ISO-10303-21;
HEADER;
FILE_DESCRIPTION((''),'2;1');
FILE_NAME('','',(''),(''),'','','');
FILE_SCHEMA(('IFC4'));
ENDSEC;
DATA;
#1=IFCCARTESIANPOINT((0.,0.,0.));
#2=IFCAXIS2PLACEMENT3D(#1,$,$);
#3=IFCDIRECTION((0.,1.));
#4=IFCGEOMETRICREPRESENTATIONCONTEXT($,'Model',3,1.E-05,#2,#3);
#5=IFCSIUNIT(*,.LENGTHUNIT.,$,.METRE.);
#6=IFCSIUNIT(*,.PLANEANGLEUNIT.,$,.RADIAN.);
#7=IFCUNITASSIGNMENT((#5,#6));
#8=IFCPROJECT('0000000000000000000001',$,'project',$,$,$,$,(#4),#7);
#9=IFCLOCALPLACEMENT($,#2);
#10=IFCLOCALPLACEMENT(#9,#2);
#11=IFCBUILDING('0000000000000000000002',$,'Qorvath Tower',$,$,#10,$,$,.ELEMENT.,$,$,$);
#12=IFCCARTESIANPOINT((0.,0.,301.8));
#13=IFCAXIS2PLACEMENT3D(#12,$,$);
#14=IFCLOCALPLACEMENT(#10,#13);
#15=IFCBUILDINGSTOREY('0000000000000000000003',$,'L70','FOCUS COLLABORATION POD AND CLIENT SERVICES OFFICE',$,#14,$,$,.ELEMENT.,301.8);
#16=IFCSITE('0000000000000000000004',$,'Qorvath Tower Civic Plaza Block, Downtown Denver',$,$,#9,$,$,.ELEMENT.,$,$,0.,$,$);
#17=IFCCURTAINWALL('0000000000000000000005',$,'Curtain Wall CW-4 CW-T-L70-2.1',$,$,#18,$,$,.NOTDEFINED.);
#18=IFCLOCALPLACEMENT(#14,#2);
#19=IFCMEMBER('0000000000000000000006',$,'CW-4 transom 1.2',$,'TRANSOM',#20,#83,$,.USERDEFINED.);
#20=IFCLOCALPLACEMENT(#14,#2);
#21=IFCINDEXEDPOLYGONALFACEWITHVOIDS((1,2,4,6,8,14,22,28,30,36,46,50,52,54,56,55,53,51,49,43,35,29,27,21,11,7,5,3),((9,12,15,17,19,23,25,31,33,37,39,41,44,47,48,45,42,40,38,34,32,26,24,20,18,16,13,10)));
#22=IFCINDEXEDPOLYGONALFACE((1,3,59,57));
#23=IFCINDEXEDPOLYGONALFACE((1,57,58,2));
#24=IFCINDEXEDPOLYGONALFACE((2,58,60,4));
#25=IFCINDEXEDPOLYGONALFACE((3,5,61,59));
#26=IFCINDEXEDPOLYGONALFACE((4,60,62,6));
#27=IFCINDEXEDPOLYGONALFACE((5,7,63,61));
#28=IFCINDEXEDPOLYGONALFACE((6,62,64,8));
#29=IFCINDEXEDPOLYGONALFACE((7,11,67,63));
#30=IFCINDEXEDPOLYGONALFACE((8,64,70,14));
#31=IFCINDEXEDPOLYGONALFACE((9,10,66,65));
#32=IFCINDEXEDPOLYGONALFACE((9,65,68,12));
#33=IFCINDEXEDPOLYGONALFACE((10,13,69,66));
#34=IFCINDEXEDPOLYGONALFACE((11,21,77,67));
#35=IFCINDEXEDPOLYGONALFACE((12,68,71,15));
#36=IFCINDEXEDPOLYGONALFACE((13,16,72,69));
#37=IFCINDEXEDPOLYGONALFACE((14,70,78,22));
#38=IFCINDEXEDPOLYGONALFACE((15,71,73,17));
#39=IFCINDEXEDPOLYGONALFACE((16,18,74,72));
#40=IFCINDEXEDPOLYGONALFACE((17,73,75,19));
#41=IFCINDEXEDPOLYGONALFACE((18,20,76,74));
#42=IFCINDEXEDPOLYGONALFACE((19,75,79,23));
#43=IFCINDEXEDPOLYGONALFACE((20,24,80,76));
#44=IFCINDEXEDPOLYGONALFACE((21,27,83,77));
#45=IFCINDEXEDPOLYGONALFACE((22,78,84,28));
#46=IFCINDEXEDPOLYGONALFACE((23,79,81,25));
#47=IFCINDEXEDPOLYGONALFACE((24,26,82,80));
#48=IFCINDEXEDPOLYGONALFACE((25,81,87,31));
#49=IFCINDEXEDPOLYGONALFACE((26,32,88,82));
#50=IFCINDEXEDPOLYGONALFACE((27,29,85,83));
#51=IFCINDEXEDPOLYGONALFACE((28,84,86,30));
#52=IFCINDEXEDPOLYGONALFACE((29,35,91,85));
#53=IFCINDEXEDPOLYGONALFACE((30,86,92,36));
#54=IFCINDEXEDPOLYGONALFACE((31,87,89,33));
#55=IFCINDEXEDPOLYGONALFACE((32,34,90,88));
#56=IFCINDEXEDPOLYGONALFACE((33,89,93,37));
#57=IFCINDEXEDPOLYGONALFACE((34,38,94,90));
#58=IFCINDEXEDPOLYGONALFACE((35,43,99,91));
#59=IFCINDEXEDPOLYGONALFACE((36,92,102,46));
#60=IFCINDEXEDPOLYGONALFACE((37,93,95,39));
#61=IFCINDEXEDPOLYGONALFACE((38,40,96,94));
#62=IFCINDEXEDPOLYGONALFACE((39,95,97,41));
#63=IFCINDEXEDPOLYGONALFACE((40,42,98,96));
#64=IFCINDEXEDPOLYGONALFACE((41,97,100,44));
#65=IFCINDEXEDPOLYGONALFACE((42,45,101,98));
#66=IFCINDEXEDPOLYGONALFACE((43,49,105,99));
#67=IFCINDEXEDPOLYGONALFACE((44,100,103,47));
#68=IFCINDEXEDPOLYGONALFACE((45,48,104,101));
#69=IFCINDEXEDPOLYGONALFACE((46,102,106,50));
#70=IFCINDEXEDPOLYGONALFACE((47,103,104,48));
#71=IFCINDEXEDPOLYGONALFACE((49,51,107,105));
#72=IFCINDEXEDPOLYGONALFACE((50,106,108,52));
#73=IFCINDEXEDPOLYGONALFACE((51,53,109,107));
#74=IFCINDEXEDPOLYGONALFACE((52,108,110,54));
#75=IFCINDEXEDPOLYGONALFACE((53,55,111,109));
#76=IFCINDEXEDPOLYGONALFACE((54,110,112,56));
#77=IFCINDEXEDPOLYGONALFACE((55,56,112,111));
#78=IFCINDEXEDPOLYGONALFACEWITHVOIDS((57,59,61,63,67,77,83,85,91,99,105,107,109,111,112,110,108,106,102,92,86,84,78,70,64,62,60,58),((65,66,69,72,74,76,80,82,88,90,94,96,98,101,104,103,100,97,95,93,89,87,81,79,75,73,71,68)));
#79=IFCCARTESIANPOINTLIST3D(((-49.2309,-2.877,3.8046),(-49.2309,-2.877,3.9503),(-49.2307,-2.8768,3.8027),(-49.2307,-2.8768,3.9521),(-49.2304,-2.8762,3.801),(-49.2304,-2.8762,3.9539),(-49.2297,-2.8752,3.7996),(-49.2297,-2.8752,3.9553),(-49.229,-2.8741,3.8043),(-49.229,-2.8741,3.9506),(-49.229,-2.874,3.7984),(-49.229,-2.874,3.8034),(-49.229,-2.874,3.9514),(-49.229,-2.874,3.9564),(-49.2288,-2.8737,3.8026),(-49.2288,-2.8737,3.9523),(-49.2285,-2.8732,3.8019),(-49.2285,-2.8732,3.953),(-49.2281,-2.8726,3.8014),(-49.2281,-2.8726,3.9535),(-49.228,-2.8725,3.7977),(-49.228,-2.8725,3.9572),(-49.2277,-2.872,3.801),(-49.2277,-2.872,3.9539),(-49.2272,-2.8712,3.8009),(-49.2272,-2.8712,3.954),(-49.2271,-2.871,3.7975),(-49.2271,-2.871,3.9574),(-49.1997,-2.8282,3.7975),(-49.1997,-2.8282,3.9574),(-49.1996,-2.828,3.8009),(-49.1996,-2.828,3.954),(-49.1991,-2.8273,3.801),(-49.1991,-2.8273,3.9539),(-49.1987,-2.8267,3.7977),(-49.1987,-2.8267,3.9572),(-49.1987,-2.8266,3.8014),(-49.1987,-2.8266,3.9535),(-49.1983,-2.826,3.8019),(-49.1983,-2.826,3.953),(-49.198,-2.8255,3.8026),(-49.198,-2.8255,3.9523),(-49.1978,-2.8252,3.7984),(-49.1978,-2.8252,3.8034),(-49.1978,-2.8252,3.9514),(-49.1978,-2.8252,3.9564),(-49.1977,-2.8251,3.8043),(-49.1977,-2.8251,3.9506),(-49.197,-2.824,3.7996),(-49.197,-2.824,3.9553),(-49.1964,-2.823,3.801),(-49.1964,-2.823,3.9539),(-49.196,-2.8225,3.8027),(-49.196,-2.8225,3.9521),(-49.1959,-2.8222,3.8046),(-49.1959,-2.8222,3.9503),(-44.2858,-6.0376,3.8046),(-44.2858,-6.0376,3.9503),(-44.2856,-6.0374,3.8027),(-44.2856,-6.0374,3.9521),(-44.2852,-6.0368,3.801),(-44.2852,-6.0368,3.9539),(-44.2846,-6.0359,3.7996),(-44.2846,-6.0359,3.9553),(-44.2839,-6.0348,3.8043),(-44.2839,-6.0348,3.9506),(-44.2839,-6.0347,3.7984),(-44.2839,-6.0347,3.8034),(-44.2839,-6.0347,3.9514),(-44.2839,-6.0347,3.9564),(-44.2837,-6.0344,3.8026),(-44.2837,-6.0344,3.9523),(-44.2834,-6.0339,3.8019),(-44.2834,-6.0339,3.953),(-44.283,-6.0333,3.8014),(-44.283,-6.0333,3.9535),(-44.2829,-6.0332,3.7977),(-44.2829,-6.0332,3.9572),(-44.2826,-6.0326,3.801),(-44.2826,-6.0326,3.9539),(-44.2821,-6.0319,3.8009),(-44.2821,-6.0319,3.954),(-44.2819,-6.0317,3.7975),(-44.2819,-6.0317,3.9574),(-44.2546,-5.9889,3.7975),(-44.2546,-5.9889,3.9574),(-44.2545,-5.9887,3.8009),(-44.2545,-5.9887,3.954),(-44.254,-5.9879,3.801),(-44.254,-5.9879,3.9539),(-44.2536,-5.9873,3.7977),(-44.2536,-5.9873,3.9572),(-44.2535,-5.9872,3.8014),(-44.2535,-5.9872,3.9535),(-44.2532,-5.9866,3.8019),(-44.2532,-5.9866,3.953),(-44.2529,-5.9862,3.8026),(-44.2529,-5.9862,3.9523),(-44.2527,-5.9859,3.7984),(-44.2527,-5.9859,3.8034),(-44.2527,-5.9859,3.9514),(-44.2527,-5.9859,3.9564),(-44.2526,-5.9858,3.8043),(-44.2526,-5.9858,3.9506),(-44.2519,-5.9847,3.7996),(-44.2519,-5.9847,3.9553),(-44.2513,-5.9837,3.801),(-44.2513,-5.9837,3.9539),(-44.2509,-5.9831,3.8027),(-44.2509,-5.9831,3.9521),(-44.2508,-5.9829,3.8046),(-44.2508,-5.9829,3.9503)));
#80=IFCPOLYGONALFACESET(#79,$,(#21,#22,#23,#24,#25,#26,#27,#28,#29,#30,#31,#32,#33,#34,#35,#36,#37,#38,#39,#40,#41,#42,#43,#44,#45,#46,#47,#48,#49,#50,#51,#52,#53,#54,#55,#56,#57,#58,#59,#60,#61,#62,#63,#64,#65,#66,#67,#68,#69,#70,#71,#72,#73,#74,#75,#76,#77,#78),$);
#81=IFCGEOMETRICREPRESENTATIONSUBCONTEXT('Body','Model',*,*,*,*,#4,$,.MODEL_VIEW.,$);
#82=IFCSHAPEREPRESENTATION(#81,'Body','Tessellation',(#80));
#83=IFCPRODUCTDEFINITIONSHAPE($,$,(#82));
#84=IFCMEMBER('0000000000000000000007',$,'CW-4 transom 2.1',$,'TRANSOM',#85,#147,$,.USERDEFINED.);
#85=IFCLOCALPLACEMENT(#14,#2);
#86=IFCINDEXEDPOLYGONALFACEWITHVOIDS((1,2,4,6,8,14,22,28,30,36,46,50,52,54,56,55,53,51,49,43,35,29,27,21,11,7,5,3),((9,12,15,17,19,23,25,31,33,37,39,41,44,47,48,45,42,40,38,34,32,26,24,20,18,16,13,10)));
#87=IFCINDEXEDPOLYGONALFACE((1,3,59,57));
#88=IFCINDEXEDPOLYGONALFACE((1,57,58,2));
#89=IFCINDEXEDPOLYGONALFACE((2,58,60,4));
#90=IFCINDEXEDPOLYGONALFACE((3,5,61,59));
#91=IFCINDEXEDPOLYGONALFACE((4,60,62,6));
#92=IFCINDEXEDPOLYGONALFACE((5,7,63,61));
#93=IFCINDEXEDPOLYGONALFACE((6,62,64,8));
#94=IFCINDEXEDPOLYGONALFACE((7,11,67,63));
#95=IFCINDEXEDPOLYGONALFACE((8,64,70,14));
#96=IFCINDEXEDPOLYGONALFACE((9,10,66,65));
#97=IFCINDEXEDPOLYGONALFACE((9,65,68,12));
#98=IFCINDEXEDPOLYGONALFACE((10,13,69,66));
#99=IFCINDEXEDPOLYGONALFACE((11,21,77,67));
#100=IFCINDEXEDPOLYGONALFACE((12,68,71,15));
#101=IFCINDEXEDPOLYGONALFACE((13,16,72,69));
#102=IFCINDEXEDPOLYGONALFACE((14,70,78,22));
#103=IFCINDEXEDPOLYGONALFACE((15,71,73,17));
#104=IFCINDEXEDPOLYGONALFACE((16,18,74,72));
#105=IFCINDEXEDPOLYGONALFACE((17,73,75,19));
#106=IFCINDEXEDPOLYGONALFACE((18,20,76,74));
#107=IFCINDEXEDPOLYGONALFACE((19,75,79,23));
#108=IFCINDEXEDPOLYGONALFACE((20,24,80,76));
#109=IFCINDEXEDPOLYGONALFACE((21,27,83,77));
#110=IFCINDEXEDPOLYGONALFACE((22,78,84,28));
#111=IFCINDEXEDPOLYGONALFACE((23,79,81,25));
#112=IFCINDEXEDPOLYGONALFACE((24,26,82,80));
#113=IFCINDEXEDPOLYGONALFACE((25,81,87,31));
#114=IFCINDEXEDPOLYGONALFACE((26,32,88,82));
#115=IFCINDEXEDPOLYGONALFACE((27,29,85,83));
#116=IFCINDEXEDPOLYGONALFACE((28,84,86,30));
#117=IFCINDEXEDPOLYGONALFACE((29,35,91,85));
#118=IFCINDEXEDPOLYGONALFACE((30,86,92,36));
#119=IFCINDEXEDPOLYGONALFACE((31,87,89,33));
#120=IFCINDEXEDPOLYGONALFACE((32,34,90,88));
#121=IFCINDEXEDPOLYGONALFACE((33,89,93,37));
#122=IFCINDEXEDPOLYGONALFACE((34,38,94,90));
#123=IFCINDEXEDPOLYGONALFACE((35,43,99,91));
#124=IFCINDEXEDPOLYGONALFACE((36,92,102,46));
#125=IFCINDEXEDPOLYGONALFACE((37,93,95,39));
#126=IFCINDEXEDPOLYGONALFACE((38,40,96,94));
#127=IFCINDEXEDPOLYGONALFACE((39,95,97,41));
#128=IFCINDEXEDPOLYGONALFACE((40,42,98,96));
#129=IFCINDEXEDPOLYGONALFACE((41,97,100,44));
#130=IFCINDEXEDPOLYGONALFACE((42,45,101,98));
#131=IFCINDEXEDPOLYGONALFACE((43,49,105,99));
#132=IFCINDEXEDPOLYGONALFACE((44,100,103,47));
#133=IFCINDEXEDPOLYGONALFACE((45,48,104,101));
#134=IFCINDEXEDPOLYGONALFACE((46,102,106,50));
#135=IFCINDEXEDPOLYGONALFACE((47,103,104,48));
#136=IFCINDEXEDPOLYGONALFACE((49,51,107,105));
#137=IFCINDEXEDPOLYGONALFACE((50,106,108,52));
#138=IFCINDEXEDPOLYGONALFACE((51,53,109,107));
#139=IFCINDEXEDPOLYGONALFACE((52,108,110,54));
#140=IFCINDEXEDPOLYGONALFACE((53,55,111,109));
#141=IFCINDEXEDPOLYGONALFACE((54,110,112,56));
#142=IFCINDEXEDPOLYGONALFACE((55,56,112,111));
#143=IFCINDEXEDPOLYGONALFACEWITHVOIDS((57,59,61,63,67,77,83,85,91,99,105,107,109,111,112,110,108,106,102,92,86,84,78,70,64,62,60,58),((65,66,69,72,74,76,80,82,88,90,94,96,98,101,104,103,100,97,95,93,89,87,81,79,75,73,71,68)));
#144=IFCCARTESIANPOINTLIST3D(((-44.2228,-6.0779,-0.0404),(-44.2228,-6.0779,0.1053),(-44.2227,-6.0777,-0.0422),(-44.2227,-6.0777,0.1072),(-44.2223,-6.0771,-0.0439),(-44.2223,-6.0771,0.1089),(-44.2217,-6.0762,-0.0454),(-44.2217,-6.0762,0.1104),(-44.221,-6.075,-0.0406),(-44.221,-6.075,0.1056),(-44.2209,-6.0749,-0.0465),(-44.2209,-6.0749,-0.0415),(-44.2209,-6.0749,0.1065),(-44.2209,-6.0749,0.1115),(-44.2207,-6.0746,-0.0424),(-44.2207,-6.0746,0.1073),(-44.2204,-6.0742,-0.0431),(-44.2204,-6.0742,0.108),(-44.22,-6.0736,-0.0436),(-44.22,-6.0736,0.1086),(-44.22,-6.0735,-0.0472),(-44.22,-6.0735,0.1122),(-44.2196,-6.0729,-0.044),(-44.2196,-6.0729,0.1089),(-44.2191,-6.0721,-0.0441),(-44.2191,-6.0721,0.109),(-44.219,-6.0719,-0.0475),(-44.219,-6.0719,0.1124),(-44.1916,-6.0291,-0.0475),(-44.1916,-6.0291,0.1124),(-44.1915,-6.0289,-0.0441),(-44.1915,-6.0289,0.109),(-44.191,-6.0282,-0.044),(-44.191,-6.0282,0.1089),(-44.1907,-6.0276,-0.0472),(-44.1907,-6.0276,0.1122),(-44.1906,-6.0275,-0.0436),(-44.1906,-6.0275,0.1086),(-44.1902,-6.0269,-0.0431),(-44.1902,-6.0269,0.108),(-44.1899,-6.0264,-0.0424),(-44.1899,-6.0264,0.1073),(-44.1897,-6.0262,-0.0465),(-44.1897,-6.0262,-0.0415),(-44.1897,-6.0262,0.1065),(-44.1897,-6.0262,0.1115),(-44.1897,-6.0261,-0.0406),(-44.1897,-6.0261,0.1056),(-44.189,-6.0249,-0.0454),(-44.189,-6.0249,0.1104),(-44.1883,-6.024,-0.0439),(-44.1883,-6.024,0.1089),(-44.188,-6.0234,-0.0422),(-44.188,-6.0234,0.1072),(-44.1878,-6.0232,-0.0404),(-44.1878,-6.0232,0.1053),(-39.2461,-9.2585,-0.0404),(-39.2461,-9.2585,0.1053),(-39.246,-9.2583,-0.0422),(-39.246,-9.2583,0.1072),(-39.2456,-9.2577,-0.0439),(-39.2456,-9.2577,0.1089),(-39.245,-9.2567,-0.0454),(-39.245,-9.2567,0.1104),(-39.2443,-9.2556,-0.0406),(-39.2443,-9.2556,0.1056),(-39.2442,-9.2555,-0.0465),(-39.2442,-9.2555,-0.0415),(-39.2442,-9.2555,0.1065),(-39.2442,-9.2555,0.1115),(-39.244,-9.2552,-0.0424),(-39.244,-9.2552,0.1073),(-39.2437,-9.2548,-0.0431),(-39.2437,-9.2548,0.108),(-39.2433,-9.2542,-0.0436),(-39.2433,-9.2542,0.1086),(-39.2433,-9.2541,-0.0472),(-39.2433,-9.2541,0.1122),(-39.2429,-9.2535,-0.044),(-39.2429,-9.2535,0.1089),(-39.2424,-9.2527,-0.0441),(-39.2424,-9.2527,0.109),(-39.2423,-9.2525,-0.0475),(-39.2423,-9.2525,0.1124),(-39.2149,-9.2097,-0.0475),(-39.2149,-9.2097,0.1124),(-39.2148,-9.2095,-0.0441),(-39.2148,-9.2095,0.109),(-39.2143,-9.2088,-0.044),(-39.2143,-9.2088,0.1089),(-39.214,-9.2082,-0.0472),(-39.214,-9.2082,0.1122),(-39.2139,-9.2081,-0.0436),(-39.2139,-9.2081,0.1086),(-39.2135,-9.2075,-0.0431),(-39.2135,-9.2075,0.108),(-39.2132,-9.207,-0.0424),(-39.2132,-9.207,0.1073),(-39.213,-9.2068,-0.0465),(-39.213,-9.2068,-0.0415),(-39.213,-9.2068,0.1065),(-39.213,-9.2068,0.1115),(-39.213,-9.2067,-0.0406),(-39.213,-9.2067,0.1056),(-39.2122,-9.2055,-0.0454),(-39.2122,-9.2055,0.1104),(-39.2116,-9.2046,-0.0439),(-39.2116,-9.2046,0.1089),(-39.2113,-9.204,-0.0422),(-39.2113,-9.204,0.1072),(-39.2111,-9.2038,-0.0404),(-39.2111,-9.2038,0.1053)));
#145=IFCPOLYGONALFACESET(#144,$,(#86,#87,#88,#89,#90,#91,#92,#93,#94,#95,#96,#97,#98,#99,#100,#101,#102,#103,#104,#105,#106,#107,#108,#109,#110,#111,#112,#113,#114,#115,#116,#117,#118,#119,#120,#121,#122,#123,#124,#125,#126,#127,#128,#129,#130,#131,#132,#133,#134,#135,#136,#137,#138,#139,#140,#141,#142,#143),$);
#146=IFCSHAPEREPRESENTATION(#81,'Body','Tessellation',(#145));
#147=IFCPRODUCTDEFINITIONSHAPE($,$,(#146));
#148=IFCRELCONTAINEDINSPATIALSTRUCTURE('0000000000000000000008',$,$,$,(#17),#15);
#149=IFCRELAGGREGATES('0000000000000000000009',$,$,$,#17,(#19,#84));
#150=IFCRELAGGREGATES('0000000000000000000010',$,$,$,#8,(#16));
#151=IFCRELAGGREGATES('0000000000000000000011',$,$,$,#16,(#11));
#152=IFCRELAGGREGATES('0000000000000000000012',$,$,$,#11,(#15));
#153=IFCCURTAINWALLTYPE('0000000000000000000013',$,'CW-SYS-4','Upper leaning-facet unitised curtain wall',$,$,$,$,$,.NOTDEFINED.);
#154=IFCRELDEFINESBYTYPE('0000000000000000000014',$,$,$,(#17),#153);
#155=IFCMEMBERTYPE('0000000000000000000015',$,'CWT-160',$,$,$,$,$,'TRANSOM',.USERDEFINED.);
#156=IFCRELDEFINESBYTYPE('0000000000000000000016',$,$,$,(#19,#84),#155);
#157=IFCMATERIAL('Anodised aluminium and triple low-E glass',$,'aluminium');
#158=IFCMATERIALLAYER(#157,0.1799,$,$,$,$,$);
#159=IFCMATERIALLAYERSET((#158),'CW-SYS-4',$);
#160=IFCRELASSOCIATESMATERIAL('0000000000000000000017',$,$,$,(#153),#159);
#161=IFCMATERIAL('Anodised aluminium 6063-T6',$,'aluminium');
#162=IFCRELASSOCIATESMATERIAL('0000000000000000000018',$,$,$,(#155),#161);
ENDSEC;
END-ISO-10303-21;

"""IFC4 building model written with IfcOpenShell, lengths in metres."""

from ifc_helpers import new_model, si_unit, direction, frame, origin, origin_2d, place, context, subcontext, project, spatial, hollow_rectangle, extrude, material, layer, layer_set, material_profile, profile_set, type_object, element, aggregate, save


model = new_model("IFC4")

# Units and contexts
model_context = context("Model", 3, precision=1e-05, world=origin(), true_north=direction((0.0, 1.0)))
body_context = subcontext(model_context, "Body", "Model", "MODEL_VIEW")
ifc_project = project(units=[si_unit("LENGTHUNIT", "METRE"), si_unit("PLANEANGLEUNIT", "RADIAN")], contexts=[model_context])

# Site, building, storey
site_placement = place(None, origin())
site = spatial("IfcSite", under=ifc_project, at=site_placement, Name="Qorvath Tower Civic Plaza Block, Downtown Denver", CompositionType="ELEMENT", RefElevation=0.0)
building_placement = place(site_placement, origin())
building = spatial("IfcBuilding", under=site, at=building_placement, Name="Qorvath Tower", CompositionType="ELEMENT")
storey_placement = place(building_placement, frame((0.0, 0.0, 301.8)))
storey = spatial("IfcBuildingStorey", under=building, at=storey_placement, Name="L70", Description="FOCUS COLLABORATION POD AND CLIENT SERVICES OFFICE", CompositionType="ELEMENT", Elevation=301.8)

# Curtain wall, members
ifc_material_1 = material(Name="Anodised aluminium and triple low-E glass", Category="aluminium")
ifc_layer_1 = layer(ifc_material_1, 0.1799)
ifc_layer_set_1 = layer_set([ifc_layer_1], Name="CW-SYS-4")
curtain_wall_type = type_object("IfcCurtainWallType", Name="CW-SYS-4", Description="Upper leaning-facet unitised curtain wall", PredefinedType="NOTDEFINED", material=ifc_layer_set_1)
curtain_wall_placement = place(storey_placement, origin())
curtain_wall = element("IfcCurtainWall", 1, at=curtain_wall_placement, inside=storey, type_object=curtain_wall_type, Name="Curtain Wall CW-4 CW-T-L70-2.1", PredefinedType="NOTDEFINED")
ifc_material_2 = material(Name="Anodised aluminium 6063-T6", Category="aluminium")
ifc_material_profile_1 = material_profile(ifc_material_2, hollow_rectangle(XDim=0.0649, YDim=0.1599, WallThickness=0.0034, InnerFilletRadius=0.0034, OuterFilletRadius=0.0071, at=origin_2d()), Name="CWT 160x65")
ifc_profile_set_1 = profile_set([ifc_material_profile_1], Name="Anodised aluminium 6063-T6")
member_type_1 = type_object("IfcMemberType", Name="CWT-160", ElementType="TRANSOM", PredefinedType="USERDEFINED", material=ifc_profile_set_1)
member_1_placement = place(storey_placement, frame((-49.2134, -2.8496, 3.8774), z_axis=(0.842596, -0.538546, 0.0), x_axis=(0.538546, 0.842596, 0.0)))
member_1 = element("IfcMember", 2, at=member_1_placement, type_object=member_type_1, Name="CW-4 transom 1.2", ObjectType="TRANSOM", PredefinedType="USERDEFINED", context=body_context, shape_type="SweptSolid", body=[
    extrude(hollow_rectangle(XDim=0.0649, YDim=0.1599, WallThickness=0.0034, InnerFilletRadius=0.0034, OuterFilletRadius=0.0071, at=origin_2d()), origin(), (0.0, 0.0, 1.0), 5.8689),
])
member_2_placement = place(storey_placement, frame((-44.2053, -6.0505, 0.0325), z_axis=(0.842617, -0.538514, 0.0), x_axis=(0.538514, 0.842617, 0.0)))
member_2 = element("IfcMember", 3, at=member_2_placement, type_object=member_type_1, Name="CW-4 transom 2.1", ObjectType="TRANSOM", PredefinedType="USERDEFINED", context=body_context, shape_type="SweptSolid", body=[
    extrude(hollow_rectangle(XDim=0.0649, YDim=0.1599, WallThickness=0.0034, InnerFilletRadius=0.0034, OuterFilletRadius=0.0071, at=origin_2d()), origin(), (0.0, 0.0, 1.0), 5.9062),
])

aggregate(curtain_wall, [member_1, member_2])

save(model, "model.ifc")
